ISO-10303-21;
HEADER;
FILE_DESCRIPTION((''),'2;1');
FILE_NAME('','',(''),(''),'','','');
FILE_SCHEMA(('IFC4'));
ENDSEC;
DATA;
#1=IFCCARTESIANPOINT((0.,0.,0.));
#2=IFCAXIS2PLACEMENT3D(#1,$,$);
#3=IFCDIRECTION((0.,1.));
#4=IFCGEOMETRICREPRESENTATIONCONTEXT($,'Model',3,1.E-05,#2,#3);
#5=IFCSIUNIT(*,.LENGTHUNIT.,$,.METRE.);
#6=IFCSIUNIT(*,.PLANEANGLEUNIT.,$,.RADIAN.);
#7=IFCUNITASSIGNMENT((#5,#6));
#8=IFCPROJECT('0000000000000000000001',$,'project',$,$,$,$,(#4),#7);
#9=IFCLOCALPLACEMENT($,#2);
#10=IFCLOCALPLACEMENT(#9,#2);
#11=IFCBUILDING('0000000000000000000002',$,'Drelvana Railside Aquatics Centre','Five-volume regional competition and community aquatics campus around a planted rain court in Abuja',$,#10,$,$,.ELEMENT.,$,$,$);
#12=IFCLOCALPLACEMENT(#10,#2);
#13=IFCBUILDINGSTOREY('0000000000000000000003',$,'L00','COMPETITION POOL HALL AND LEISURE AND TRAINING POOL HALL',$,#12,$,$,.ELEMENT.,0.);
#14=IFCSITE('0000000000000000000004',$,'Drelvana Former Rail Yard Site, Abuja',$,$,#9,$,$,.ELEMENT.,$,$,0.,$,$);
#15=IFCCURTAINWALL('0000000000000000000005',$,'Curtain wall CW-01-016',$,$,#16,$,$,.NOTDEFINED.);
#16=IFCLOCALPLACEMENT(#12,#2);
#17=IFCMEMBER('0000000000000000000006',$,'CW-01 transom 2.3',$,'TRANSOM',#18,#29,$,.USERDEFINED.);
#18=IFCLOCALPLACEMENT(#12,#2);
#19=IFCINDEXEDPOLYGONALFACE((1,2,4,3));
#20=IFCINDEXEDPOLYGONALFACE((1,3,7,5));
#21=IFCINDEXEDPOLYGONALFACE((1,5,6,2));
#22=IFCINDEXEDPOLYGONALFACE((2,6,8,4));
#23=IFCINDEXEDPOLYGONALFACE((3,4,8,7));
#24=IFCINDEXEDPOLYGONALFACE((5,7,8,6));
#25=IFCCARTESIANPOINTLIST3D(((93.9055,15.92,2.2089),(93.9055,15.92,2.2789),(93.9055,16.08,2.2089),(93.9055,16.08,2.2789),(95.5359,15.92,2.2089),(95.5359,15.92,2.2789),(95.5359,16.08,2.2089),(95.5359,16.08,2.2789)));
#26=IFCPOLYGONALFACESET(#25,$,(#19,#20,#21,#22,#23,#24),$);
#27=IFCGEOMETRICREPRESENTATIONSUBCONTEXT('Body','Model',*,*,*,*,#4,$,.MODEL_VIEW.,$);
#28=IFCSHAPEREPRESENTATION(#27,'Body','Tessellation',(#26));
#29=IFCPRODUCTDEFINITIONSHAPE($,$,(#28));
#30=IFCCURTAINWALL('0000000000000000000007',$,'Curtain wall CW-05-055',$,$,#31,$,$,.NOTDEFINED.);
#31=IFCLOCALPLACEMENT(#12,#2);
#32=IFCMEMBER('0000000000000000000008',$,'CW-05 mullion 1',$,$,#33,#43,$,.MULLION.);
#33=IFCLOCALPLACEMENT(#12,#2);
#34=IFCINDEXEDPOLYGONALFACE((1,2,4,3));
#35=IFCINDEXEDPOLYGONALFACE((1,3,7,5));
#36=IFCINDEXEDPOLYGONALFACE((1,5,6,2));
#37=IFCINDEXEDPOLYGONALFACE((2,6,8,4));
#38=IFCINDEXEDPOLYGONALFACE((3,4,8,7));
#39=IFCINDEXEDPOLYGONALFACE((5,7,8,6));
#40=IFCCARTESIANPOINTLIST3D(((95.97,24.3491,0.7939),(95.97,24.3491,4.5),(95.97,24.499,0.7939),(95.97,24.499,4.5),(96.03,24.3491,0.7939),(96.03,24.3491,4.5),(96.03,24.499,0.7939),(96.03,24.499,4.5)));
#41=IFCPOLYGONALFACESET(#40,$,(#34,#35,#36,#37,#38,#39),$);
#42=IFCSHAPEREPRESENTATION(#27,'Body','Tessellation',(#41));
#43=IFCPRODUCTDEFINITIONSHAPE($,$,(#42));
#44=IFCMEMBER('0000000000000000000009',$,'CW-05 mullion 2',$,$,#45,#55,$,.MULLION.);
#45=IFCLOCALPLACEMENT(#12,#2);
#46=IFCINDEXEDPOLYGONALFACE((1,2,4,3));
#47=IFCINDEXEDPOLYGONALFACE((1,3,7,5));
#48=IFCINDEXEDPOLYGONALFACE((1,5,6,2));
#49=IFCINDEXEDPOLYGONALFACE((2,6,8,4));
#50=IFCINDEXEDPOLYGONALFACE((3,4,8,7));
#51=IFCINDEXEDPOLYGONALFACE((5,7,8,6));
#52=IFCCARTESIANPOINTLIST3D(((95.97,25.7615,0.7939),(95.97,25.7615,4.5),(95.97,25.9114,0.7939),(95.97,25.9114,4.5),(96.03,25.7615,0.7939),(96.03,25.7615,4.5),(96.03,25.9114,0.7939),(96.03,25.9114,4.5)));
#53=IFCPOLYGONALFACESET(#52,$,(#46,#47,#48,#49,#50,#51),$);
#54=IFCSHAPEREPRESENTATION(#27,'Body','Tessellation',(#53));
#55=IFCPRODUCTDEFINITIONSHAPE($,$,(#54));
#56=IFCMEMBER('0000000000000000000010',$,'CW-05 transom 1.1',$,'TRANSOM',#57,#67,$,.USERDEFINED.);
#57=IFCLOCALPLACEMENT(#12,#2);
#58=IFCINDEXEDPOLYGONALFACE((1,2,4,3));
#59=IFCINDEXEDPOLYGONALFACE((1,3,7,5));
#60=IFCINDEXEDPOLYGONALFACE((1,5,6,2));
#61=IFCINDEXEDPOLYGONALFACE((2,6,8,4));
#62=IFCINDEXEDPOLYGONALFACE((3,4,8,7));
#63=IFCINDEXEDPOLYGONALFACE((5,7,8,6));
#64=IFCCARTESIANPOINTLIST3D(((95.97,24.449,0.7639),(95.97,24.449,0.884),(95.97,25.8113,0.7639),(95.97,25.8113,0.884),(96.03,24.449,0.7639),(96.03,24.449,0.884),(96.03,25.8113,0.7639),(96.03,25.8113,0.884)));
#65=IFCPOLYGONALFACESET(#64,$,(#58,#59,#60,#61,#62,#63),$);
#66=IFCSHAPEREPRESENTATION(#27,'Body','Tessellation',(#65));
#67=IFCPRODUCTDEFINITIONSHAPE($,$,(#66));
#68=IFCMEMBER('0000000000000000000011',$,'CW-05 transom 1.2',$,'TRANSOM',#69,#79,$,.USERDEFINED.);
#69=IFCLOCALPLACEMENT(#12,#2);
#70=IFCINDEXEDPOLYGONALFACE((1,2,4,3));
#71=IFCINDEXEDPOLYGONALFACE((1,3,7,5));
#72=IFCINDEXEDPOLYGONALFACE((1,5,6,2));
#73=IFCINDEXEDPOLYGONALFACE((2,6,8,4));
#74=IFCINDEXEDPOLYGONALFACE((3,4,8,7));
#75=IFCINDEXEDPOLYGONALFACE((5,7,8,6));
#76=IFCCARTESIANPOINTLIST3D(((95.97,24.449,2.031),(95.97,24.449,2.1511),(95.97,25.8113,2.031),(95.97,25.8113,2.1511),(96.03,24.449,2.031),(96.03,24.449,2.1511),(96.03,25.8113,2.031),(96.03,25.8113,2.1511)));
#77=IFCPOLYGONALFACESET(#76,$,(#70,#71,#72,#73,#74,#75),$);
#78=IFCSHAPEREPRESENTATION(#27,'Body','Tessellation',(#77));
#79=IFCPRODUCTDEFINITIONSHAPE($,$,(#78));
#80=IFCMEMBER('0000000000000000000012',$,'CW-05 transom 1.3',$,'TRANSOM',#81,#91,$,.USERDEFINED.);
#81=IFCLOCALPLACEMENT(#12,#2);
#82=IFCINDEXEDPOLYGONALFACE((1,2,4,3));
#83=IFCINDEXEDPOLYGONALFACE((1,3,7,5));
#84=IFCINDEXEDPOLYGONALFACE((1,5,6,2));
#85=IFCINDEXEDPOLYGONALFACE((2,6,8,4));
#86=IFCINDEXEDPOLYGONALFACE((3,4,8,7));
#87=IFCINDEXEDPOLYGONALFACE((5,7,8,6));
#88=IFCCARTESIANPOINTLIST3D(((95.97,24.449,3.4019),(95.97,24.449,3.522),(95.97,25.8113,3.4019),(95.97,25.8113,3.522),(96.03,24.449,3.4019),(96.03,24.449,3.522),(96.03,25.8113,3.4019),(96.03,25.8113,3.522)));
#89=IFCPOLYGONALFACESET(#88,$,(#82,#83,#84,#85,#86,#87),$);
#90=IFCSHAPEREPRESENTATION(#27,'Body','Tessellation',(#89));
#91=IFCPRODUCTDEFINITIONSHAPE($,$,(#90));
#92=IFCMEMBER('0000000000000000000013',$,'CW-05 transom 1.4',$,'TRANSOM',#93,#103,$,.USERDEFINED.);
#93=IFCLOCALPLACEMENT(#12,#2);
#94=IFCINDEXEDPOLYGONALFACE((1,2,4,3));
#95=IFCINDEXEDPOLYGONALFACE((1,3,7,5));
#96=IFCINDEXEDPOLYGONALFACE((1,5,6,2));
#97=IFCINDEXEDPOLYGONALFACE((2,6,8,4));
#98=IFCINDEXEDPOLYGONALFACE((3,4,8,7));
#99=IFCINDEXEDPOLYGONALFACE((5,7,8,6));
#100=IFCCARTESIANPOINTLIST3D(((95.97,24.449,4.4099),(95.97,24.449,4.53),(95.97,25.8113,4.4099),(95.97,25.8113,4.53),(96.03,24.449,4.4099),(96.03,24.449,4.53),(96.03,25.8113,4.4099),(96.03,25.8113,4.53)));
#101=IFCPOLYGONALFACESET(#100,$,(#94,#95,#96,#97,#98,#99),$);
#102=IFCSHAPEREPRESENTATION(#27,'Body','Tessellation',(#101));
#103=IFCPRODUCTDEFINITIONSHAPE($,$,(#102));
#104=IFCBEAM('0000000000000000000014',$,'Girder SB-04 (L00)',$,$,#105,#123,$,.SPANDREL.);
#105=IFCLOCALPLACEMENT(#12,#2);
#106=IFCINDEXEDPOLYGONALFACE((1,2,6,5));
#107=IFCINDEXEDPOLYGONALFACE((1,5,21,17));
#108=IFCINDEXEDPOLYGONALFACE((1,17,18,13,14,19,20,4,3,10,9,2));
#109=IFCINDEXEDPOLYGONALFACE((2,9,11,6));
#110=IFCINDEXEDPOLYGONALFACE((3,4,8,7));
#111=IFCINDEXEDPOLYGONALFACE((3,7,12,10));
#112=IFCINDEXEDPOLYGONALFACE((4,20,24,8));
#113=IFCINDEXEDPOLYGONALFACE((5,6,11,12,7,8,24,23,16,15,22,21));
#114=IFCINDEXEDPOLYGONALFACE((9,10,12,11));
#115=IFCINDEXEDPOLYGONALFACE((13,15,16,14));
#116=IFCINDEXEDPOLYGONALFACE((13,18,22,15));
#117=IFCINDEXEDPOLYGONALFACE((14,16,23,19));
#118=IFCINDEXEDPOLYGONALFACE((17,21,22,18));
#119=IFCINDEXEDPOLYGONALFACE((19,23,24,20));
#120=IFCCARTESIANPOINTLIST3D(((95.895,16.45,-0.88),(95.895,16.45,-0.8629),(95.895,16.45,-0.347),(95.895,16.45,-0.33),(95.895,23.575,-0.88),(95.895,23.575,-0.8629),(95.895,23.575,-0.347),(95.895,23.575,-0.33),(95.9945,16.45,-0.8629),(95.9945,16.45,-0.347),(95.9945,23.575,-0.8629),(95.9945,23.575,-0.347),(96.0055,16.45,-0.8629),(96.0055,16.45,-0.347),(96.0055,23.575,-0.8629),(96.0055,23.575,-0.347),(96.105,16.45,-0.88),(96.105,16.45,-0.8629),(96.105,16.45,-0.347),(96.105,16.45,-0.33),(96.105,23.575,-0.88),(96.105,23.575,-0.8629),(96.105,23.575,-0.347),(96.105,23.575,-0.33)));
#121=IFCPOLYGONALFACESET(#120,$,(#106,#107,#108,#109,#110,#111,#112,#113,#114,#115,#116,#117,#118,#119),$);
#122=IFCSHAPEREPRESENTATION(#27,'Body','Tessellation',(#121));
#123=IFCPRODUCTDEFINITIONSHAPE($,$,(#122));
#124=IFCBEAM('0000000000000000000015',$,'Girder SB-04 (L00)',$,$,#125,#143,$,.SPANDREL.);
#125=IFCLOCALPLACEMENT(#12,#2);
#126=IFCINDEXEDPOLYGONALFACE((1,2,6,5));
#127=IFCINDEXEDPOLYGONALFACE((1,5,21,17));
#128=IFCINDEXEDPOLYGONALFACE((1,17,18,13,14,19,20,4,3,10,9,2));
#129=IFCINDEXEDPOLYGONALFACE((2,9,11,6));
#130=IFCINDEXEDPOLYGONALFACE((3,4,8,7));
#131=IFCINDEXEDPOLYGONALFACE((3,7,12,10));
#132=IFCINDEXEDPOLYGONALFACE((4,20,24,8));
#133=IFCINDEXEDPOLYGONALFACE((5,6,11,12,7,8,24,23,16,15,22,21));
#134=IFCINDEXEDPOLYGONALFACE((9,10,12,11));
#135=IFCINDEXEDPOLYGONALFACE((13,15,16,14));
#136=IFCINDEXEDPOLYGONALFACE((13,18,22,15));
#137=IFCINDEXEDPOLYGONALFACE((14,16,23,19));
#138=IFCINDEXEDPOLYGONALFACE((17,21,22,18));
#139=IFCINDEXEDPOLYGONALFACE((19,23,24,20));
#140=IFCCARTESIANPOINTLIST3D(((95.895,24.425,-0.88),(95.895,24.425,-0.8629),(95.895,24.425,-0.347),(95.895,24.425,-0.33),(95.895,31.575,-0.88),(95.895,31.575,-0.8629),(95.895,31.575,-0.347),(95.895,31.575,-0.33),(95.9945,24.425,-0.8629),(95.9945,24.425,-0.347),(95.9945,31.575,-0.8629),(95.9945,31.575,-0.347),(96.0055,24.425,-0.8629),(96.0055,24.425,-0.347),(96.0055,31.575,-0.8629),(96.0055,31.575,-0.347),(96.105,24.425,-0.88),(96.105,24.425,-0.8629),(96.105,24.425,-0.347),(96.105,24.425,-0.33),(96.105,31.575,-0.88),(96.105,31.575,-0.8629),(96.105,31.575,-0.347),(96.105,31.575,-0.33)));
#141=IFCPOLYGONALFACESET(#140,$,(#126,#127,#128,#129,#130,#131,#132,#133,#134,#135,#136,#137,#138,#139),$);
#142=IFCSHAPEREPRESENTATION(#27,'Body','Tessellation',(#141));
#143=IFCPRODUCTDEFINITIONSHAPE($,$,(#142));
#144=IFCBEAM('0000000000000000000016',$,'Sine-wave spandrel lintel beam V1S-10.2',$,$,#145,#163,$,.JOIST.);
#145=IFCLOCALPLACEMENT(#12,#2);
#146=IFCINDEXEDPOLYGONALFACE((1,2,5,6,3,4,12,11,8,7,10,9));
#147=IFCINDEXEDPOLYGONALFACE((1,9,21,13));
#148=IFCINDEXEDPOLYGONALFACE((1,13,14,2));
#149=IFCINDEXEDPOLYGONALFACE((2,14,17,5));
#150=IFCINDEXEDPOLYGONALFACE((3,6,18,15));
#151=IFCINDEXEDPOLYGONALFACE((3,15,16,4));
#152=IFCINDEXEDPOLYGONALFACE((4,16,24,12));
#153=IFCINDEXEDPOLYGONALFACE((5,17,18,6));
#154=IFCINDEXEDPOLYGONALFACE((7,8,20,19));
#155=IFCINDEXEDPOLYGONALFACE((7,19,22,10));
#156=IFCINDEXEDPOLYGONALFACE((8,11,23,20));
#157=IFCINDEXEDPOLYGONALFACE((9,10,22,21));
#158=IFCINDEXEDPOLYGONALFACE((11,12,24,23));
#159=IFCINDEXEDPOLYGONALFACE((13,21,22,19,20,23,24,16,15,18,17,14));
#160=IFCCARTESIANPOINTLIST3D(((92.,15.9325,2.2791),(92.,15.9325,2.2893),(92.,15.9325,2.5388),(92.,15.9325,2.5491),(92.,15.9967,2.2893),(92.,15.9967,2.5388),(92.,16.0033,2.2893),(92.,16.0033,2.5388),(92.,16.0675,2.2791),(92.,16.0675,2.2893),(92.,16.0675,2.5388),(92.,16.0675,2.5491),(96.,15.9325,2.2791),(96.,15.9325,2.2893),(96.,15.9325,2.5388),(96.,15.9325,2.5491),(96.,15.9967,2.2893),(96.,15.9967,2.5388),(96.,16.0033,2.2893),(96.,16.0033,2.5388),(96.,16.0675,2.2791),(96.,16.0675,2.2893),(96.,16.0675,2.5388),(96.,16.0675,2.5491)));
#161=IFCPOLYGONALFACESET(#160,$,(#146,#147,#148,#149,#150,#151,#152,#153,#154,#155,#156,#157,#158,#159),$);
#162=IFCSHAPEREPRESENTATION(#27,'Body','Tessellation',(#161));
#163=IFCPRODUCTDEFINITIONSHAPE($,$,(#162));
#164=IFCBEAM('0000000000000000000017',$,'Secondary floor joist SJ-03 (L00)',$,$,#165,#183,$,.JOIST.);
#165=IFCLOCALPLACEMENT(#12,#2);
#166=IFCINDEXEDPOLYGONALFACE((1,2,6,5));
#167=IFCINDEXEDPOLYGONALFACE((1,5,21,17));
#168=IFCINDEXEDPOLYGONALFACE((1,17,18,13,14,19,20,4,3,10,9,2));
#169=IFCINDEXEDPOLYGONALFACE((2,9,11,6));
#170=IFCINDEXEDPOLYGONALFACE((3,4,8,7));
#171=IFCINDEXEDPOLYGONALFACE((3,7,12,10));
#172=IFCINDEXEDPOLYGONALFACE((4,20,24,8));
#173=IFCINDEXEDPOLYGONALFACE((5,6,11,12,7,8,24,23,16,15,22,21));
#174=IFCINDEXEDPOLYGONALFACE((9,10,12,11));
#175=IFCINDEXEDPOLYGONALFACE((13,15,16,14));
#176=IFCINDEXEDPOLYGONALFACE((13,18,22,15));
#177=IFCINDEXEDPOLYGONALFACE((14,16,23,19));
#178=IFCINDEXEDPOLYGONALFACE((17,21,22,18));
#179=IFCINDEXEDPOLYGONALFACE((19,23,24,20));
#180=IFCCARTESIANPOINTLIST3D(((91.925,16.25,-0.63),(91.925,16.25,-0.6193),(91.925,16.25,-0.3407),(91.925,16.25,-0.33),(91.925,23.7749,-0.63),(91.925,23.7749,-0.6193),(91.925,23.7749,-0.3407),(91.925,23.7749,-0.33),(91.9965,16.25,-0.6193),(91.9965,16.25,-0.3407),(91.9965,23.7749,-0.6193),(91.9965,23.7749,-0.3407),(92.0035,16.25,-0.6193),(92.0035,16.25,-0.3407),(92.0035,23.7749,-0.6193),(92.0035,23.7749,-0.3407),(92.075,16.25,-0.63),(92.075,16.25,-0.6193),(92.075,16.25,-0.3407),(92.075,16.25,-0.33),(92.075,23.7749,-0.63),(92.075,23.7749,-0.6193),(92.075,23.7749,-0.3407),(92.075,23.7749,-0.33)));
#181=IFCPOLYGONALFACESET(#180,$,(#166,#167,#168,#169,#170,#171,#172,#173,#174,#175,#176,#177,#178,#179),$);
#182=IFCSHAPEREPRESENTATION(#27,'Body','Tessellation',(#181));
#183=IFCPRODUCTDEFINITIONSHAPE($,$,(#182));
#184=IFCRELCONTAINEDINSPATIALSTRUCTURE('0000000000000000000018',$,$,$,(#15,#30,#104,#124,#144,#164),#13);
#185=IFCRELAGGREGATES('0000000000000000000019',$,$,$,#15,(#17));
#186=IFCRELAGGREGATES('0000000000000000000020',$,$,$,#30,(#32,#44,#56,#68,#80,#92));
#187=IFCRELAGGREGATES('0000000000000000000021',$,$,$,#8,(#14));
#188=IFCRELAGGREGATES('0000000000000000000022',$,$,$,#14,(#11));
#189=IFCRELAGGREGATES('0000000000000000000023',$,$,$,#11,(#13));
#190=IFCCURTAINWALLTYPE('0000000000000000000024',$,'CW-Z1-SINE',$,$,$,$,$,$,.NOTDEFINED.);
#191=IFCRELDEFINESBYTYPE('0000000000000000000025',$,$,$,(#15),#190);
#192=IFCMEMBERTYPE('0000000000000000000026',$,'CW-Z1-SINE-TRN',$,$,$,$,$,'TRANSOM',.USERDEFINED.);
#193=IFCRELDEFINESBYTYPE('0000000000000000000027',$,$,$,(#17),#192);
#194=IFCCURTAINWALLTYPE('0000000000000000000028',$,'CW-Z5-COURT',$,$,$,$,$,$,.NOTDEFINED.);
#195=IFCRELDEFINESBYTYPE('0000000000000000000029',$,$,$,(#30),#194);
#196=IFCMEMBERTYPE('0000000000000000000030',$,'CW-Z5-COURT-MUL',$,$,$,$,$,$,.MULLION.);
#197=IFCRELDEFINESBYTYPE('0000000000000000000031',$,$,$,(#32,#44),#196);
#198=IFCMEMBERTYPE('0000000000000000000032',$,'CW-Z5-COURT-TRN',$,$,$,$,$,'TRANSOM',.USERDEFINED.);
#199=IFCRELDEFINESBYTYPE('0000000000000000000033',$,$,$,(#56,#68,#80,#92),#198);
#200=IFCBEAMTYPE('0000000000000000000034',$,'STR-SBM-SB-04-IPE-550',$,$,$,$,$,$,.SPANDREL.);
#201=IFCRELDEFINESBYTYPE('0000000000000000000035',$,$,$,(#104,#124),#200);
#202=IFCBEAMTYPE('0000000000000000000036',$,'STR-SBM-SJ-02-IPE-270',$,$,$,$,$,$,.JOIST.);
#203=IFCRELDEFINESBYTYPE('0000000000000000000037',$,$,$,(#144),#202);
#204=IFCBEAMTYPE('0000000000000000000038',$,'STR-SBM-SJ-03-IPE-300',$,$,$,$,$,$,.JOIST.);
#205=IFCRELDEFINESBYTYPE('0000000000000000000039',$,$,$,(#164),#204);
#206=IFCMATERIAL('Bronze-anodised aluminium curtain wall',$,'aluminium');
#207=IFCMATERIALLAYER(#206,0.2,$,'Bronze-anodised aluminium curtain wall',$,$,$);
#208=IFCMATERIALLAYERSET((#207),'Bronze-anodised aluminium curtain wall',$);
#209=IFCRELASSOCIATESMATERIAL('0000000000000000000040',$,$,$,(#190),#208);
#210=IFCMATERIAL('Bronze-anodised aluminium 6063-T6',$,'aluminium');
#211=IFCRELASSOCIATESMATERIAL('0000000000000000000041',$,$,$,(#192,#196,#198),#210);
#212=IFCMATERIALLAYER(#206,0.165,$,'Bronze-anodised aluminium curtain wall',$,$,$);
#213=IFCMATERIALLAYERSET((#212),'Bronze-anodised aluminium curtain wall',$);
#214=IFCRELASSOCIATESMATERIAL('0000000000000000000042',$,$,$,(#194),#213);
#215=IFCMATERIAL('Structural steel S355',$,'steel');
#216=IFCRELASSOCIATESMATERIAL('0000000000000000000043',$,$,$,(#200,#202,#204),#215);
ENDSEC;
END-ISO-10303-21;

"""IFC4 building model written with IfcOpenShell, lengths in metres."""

from ifc_helpers import new_model, si_unit, direction, frame, origin, origin_2d, place, context, subcontext, project, spatial, rectangle, i_section, extrude, material, layer, layer_set, material_profile, profile_set, type_object, element, aggregate, save


model = new_model("IFC4")

# Units and contexts
model_context = context("Model", 3, precision=1e-05, world=origin(), true_north=direction((0.0, 1.0)))
body_context = subcontext(model_context, "Body", "Model", "MODEL_VIEW")
ifc_project = project(units=[si_unit("LENGTHUNIT", "METRE"), si_unit("PLANEANGLEUNIT", "RADIAN")], contexts=[model_context])

# Site, building, storey
site_placement = place(None, origin())
site = spatial("IfcSite", under=ifc_project, at=site_placement, Name="Drelvana Former Rail Yard Site, Abuja", CompositionType="ELEMENT", RefElevation=0.0)
building_placement = place(site_placement, origin())
building = spatial("IfcBuilding", under=site, at=building_placement, Name="Drelvana Railside Aquatics Centre", Description="Five-volume regional competition and community aquatics campus around a planted rain court in Abuja", CompositionType="ELEMENT")
storey_placement = place(building_placement, origin())
storey = spatial("IfcBuildingStorey", under=building, at=storey_placement, Name="L00", Description="COMPETITION POOL HALL AND LEISURE AND TRAINING POOL HALL", CompositionType="ELEMENT", Elevation=0.0)

# Shared definitions
ifc_material_1 = material(Name="Structural steel S355", Category="steel")

# Curtain walls, members
ifc_material_2 = material(Name="Bronze-anodised aluminium curtain wall", Category="aluminium")
ifc_layer_1 = layer(ifc_material_2, 0.2, Name="Bronze-anodised aluminium curtain wall")
ifc_layer_set_1 = layer_set([ifc_layer_1], Name="Bronze-anodised aluminium curtain wall")
curtain_wall_type_1 = type_object("IfcCurtainWallType", Name="CW-Z1-SINE", PredefinedType="NOTDEFINED", material=ifc_layer_set_1)
curtain_wall_1_placement = place(storey_placement, origin())
curtain_wall_1 = element("IfcCurtainWall", 1, at=curtain_wall_1_placement, inside=storey, type_object=curtain_wall_type_1, Name="Curtain wall CW-01-016", PredefinedType="NOTDEFINED")
ifc_material_3 = material(Name="Bronze-anodised aluminium 6063-T6", Category="aluminium")
ifc_material_profile_1 = material_profile(ifc_material_3, rectangle(XDim=0.1599, YDim=0.0701, at=origin_2d()), Name="ALU-T 70x160")
ifc_profile_set_1 = profile_set([ifc_material_profile_1], Name="Bronze-anodised aluminium 6063-T6")
member_type_1 = type_object("IfcMemberType", Name="CW-Z1-SINE-TRN", ElementType="TRANSOM", PredefinedType="USERDEFINED", material=ifc_profile_set_1)
member_1_placement = place(storey_placement, frame((93.9055, 16.0, 2.2439), z_axis=(1.0, 0.0, 0.0), x_axis=(0.0, 1.0, 0.0)))
member_1 = element("IfcMember", 2, at=member_1_placement, type_object=member_type_1, Name="CW-01 transom 2.3", ObjectType="TRANSOM", PredefinedType="USERDEFINED", context=body_context, shape_type="SweptSolid", body=[
    extrude(rectangle(XDim=0.1599, YDim=0.0701, at=origin_2d()), origin(), (0.0, 0.0, 1.0), 1.6304),
])
ifc_layer_2 = layer(ifc_material_2, 0.165, Name="Bronze-anodised aluminium curtain wall")
ifc_layer_set_2 = layer_set([ifc_layer_2], Name="Bronze-anodised aluminium curtain wall")
curtain_wall_type_2 = type_object("IfcCurtainWallType", Name="CW-Z5-COURT", PredefinedType="NOTDEFINED", material=ifc_layer_set_2)
curtain_wall_2_placement = place(storey_placement, origin())
curtain_wall_2 = element("IfcCurtainWall", 3, at=curtain_wall_2_placement, inside=storey, type_object=curtain_wall_type_2, Name="Curtain wall CW-05-055", PredefinedType="NOTDEFINED")
ifc_material_profile_2 = material_profile(ifc_material_3, rectangle(XDim=0.0601, YDim=0.1499, at=origin_2d()), Name="ALU-M 60x150")
ifc_profile_set_2 = profile_set([ifc_material_profile_2], Name="Bronze-anodised aluminium 6063-T6")
member_type_2 = type_object("IfcMemberType", Name="CW-Z5-COURT-MUL", PredefinedType="MULLION", material=ifc_profile_set_2)
member_2_placement = place(storey_placement, frame((96.0, 24.4241, 0.7939), z_axis=(0.0, 0.0, 1.0), x_axis=(-1.0, 0.0, 0.0)))
member_2 = element("IfcMember", 4, at=member_2_placement, type_object=member_type_2, Name="CW-05 mullion 1", PredefinedType="MULLION", context=body_context, shape_type="SweptSolid", body=[
    extrude(rectangle(XDim=0.0601, YDim=0.1499, at=origin_2d()), origin(), (0.0, 0.0, 1.0), 3.7061),
])
member_3_placement = place(storey_placement, frame((96.0, 25.8364, 0.7939), z_axis=(0.0, 0.0, 1.0), x_axis=(-1.0, 0.0, 0.0)))
member_3 = element("IfcMember", 5, at=member_3_placement, type_object=member_type_2, Name="CW-05 mullion 2", PredefinedType="MULLION", context=body_context, shape_type="SweptSolid", body=[
    extrude(rectangle(XDim=0.0601, YDim=0.1499, at=origin_2d()), origin(), (0.0, 0.0, 1.0), 3.7061),
])
ifc_material_profile_3 = material_profile(ifc_material_3, rectangle(XDim=0.1201, YDim=0.0601, at=origin_2d()), Name="ALU-T 60x120")
ifc_profile_set_3 = profile_set([ifc_material_profile_3], Name="Bronze-anodised aluminium 6063-T6")
member_type_3 = type_object("IfcMemberType", Name="CW-Z5-COURT-TRN", ElementType="TRANSOM", PredefinedType="USERDEFINED", material=ifc_profile_set_3)
member_4_placement = place(storey_placement, frame((96.0, 24.449, 0.824), z_axis=(0.0, 1.0, 0.0), x_axis=(0.0, 0.0, 1.0)))
member_4 = element("IfcMember", 6, at=member_4_placement, type_object=member_type_3, Name="CW-05 transom 1.1", ObjectType="TRANSOM", PredefinedType="USERDEFINED", context=body_context, shape_type="SweptSolid", body=[
    extrude(rectangle(XDim=0.1201, YDim=0.0601, at=origin_2d()), origin(), (0.0, 0.0, 1.0), 1.3623),
])
member_5_placement = place(storey_placement, frame((96.0, 24.449, 2.0911), z_axis=(0.0, 1.0, 0.0), x_axis=(0.0, 0.0, 1.0)))
member_5 = element("IfcMember", 7, at=member_5_placement, type_object=member_type_3, Name="CW-05 transom 1.2", ObjectType="TRANSOM", PredefinedType="USERDEFINED", context=body_context, shape_type="SweptSolid", body=[
    extrude(rectangle(XDim=0.1201, YDim=0.0601, at=origin_2d()), origin(), (0.0, 0.0, 1.0), 1.3623),
])
member_6_placement = place(storey_placement, frame((96.0, 24.449, 3.4619), z_axis=(0.0, 1.0, 0.0), x_axis=(0.0, 0.0, 1.0)))
member_6 = element("IfcMember", 8, at=member_6_placement, type_object=member_type_3, Name="CW-05 transom 1.3", ObjectType="TRANSOM", PredefinedType="USERDEFINED", context=body_context, shape_type="SweptSolid", body=[
    extrude(rectangle(XDim=0.1201, YDim=0.0601, at=origin_2d()), origin(), (0.0, 0.0, 1.0), 1.3623),
])
member_7_placement = place(storey_placement, frame((96.0, 24.449, 4.47), z_axis=(0.0, 1.0, 0.0), x_axis=(0.0, 0.0, 1.0)))
member_7 = element("IfcMember", 9, at=member_7_placement, type_object=member_type_3, Name="CW-05 transom 1.4", ObjectType="TRANSOM", PredefinedType="USERDEFINED", context=body_context, shape_type="SweptSolid", body=[
    extrude(rectangle(XDim=0.1201, YDim=0.0601, at=origin_2d()), origin(), (0.0, 0.0, 1.0), 1.3623),
])

# Beams
ifc_material_profile_4 = material_profile(ifc_material_1, i_section(OverallWidth=0.21, OverallDepth=0.55, WebThickness=0.011, FlangeThickness=0.0171, at=origin_2d()), Name="IPE 550")
ifc_profile_set_4 = profile_set([ifc_material_profile_4], Name="Structural steel S355")
beam_type_1 = type_object("IfcBeamType", Name="STR-SBM-SB-04-IPE-550", PredefinedType="SPANDREL", material=ifc_profile_set_4)
beam_1_placement = place(storey_placement, frame((96.0, 16.45, -0.605), z_axis=(0.0, 1.0, 0.0), x_axis=(-1.0, 0.0, 0.0)))
element("IfcBeam", 10, at=beam_1_placement, inside=storey, type_object=beam_type_1, Name="Girder SB-04 (L00)", PredefinedType="SPANDREL", context=body_context, shape_type="SweptSolid", body=[
    extrude(i_section(OverallWidth=0.21, OverallDepth=0.55, WebThickness=0.011, FlangeThickness=0.0171, at=origin_2d()), origin(), (0.0, 0.0, 1.0), 7.125),
])
beam_2_placement = place(storey_placement, frame((96.0, 24.425, -0.605), z_axis=(0.0, 1.0, 0.0), x_axis=(-1.0, 0.0, 0.0)))
element("IfcBeam", 11, at=beam_2_placement, inside=storey, type_object=beam_type_1, Name="Girder SB-04 (L00)", PredefinedType="SPANDREL", context=body_context, shape_type="SweptSolid", body=[
    extrude(i_section(OverallWidth=0.21, OverallDepth=0.55, WebThickness=0.011, FlangeThickness=0.0171, at=origin_2d()), origin(), (0.0, 0.0, 1.0), 7.1499),
])
ifc_material_profile_5 = material_profile(ifc_material_1, i_section(OverallWidth=0.135, OverallDepth=0.27, WebThickness=0.0066, FlangeThickness=0.0103, at=origin_2d()), Name="IPE 270")
ifc_profile_set_5 = profile_set([ifc_material_profile_5], Name="Structural steel S355")
beam_type_2 = type_object("IfcBeamType", Name="STR-SBM-SJ-02-IPE-270", PredefinedType="JOIST", material=ifc_profile_set_5)
beam_3_placement = place(storey_placement, frame((92.0, 16.0, 2.4141), z_axis=(1.0, 0.0, 0.0), x_axis=(0.0, 1.0, 0.0)))
element("IfcBeam", 12, at=beam_3_placement, inside=storey, type_object=beam_type_2, Name="Sine-wave spandrel lintel beam V1S-10.2", PredefinedType="JOIST", context=body_context, shape_type="SweptSolid", body=[
    extrude(i_section(OverallWidth=0.135, OverallDepth=0.27, WebThickness=0.0066, FlangeThickness=0.0103, at=origin_2d()), origin(), (0.0, 0.0, 1.0), 4.0),
])
ifc_material_profile_6 = material_profile(ifc_material_1, i_section(OverallWidth=0.1499, OverallDepth=0.3, WebThickness=0.0071, FlangeThickness=0.0107, at=origin_2d()), Name="IPE 300")
ifc_profile_set_6 = profile_set([ifc_material_profile_6], Name="Structural steel S355")
beam_type_3 = type_object("IfcBeamType", Name="STR-SBM-SJ-03-IPE-300", PredefinedType="JOIST", material=ifc_profile_set_6)
beam_4_placement = place(storey_placement, frame((92.0, 16.25, -0.48), z_axis=(0.0, 1.0, 0.0), x_axis=(-1.0, 0.0, 0.0)))
element("IfcBeam", 13, at=beam_4_placement, inside=storey, type_object=beam_type_3, Name="Secondary floor joist SJ-03 (L00)", PredefinedType="JOIST", context=body_context, shape_type="SweptSolid", body=[
    extrude(i_section(OverallWidth=0.1499, OverallDepth=0.3, WebThickness=0.0071, FlangeThickness=0.0107, at=origin_2d()), origin(), (0.0, 0.0, 1.0), 7.5249),
])

aggregate(curtain_wall_1, [member_1])
aggregate(curtain_wall_2, [member_2, member_3, member_4, member_5, member_6, member_7])

save(model, "model.ifc")
